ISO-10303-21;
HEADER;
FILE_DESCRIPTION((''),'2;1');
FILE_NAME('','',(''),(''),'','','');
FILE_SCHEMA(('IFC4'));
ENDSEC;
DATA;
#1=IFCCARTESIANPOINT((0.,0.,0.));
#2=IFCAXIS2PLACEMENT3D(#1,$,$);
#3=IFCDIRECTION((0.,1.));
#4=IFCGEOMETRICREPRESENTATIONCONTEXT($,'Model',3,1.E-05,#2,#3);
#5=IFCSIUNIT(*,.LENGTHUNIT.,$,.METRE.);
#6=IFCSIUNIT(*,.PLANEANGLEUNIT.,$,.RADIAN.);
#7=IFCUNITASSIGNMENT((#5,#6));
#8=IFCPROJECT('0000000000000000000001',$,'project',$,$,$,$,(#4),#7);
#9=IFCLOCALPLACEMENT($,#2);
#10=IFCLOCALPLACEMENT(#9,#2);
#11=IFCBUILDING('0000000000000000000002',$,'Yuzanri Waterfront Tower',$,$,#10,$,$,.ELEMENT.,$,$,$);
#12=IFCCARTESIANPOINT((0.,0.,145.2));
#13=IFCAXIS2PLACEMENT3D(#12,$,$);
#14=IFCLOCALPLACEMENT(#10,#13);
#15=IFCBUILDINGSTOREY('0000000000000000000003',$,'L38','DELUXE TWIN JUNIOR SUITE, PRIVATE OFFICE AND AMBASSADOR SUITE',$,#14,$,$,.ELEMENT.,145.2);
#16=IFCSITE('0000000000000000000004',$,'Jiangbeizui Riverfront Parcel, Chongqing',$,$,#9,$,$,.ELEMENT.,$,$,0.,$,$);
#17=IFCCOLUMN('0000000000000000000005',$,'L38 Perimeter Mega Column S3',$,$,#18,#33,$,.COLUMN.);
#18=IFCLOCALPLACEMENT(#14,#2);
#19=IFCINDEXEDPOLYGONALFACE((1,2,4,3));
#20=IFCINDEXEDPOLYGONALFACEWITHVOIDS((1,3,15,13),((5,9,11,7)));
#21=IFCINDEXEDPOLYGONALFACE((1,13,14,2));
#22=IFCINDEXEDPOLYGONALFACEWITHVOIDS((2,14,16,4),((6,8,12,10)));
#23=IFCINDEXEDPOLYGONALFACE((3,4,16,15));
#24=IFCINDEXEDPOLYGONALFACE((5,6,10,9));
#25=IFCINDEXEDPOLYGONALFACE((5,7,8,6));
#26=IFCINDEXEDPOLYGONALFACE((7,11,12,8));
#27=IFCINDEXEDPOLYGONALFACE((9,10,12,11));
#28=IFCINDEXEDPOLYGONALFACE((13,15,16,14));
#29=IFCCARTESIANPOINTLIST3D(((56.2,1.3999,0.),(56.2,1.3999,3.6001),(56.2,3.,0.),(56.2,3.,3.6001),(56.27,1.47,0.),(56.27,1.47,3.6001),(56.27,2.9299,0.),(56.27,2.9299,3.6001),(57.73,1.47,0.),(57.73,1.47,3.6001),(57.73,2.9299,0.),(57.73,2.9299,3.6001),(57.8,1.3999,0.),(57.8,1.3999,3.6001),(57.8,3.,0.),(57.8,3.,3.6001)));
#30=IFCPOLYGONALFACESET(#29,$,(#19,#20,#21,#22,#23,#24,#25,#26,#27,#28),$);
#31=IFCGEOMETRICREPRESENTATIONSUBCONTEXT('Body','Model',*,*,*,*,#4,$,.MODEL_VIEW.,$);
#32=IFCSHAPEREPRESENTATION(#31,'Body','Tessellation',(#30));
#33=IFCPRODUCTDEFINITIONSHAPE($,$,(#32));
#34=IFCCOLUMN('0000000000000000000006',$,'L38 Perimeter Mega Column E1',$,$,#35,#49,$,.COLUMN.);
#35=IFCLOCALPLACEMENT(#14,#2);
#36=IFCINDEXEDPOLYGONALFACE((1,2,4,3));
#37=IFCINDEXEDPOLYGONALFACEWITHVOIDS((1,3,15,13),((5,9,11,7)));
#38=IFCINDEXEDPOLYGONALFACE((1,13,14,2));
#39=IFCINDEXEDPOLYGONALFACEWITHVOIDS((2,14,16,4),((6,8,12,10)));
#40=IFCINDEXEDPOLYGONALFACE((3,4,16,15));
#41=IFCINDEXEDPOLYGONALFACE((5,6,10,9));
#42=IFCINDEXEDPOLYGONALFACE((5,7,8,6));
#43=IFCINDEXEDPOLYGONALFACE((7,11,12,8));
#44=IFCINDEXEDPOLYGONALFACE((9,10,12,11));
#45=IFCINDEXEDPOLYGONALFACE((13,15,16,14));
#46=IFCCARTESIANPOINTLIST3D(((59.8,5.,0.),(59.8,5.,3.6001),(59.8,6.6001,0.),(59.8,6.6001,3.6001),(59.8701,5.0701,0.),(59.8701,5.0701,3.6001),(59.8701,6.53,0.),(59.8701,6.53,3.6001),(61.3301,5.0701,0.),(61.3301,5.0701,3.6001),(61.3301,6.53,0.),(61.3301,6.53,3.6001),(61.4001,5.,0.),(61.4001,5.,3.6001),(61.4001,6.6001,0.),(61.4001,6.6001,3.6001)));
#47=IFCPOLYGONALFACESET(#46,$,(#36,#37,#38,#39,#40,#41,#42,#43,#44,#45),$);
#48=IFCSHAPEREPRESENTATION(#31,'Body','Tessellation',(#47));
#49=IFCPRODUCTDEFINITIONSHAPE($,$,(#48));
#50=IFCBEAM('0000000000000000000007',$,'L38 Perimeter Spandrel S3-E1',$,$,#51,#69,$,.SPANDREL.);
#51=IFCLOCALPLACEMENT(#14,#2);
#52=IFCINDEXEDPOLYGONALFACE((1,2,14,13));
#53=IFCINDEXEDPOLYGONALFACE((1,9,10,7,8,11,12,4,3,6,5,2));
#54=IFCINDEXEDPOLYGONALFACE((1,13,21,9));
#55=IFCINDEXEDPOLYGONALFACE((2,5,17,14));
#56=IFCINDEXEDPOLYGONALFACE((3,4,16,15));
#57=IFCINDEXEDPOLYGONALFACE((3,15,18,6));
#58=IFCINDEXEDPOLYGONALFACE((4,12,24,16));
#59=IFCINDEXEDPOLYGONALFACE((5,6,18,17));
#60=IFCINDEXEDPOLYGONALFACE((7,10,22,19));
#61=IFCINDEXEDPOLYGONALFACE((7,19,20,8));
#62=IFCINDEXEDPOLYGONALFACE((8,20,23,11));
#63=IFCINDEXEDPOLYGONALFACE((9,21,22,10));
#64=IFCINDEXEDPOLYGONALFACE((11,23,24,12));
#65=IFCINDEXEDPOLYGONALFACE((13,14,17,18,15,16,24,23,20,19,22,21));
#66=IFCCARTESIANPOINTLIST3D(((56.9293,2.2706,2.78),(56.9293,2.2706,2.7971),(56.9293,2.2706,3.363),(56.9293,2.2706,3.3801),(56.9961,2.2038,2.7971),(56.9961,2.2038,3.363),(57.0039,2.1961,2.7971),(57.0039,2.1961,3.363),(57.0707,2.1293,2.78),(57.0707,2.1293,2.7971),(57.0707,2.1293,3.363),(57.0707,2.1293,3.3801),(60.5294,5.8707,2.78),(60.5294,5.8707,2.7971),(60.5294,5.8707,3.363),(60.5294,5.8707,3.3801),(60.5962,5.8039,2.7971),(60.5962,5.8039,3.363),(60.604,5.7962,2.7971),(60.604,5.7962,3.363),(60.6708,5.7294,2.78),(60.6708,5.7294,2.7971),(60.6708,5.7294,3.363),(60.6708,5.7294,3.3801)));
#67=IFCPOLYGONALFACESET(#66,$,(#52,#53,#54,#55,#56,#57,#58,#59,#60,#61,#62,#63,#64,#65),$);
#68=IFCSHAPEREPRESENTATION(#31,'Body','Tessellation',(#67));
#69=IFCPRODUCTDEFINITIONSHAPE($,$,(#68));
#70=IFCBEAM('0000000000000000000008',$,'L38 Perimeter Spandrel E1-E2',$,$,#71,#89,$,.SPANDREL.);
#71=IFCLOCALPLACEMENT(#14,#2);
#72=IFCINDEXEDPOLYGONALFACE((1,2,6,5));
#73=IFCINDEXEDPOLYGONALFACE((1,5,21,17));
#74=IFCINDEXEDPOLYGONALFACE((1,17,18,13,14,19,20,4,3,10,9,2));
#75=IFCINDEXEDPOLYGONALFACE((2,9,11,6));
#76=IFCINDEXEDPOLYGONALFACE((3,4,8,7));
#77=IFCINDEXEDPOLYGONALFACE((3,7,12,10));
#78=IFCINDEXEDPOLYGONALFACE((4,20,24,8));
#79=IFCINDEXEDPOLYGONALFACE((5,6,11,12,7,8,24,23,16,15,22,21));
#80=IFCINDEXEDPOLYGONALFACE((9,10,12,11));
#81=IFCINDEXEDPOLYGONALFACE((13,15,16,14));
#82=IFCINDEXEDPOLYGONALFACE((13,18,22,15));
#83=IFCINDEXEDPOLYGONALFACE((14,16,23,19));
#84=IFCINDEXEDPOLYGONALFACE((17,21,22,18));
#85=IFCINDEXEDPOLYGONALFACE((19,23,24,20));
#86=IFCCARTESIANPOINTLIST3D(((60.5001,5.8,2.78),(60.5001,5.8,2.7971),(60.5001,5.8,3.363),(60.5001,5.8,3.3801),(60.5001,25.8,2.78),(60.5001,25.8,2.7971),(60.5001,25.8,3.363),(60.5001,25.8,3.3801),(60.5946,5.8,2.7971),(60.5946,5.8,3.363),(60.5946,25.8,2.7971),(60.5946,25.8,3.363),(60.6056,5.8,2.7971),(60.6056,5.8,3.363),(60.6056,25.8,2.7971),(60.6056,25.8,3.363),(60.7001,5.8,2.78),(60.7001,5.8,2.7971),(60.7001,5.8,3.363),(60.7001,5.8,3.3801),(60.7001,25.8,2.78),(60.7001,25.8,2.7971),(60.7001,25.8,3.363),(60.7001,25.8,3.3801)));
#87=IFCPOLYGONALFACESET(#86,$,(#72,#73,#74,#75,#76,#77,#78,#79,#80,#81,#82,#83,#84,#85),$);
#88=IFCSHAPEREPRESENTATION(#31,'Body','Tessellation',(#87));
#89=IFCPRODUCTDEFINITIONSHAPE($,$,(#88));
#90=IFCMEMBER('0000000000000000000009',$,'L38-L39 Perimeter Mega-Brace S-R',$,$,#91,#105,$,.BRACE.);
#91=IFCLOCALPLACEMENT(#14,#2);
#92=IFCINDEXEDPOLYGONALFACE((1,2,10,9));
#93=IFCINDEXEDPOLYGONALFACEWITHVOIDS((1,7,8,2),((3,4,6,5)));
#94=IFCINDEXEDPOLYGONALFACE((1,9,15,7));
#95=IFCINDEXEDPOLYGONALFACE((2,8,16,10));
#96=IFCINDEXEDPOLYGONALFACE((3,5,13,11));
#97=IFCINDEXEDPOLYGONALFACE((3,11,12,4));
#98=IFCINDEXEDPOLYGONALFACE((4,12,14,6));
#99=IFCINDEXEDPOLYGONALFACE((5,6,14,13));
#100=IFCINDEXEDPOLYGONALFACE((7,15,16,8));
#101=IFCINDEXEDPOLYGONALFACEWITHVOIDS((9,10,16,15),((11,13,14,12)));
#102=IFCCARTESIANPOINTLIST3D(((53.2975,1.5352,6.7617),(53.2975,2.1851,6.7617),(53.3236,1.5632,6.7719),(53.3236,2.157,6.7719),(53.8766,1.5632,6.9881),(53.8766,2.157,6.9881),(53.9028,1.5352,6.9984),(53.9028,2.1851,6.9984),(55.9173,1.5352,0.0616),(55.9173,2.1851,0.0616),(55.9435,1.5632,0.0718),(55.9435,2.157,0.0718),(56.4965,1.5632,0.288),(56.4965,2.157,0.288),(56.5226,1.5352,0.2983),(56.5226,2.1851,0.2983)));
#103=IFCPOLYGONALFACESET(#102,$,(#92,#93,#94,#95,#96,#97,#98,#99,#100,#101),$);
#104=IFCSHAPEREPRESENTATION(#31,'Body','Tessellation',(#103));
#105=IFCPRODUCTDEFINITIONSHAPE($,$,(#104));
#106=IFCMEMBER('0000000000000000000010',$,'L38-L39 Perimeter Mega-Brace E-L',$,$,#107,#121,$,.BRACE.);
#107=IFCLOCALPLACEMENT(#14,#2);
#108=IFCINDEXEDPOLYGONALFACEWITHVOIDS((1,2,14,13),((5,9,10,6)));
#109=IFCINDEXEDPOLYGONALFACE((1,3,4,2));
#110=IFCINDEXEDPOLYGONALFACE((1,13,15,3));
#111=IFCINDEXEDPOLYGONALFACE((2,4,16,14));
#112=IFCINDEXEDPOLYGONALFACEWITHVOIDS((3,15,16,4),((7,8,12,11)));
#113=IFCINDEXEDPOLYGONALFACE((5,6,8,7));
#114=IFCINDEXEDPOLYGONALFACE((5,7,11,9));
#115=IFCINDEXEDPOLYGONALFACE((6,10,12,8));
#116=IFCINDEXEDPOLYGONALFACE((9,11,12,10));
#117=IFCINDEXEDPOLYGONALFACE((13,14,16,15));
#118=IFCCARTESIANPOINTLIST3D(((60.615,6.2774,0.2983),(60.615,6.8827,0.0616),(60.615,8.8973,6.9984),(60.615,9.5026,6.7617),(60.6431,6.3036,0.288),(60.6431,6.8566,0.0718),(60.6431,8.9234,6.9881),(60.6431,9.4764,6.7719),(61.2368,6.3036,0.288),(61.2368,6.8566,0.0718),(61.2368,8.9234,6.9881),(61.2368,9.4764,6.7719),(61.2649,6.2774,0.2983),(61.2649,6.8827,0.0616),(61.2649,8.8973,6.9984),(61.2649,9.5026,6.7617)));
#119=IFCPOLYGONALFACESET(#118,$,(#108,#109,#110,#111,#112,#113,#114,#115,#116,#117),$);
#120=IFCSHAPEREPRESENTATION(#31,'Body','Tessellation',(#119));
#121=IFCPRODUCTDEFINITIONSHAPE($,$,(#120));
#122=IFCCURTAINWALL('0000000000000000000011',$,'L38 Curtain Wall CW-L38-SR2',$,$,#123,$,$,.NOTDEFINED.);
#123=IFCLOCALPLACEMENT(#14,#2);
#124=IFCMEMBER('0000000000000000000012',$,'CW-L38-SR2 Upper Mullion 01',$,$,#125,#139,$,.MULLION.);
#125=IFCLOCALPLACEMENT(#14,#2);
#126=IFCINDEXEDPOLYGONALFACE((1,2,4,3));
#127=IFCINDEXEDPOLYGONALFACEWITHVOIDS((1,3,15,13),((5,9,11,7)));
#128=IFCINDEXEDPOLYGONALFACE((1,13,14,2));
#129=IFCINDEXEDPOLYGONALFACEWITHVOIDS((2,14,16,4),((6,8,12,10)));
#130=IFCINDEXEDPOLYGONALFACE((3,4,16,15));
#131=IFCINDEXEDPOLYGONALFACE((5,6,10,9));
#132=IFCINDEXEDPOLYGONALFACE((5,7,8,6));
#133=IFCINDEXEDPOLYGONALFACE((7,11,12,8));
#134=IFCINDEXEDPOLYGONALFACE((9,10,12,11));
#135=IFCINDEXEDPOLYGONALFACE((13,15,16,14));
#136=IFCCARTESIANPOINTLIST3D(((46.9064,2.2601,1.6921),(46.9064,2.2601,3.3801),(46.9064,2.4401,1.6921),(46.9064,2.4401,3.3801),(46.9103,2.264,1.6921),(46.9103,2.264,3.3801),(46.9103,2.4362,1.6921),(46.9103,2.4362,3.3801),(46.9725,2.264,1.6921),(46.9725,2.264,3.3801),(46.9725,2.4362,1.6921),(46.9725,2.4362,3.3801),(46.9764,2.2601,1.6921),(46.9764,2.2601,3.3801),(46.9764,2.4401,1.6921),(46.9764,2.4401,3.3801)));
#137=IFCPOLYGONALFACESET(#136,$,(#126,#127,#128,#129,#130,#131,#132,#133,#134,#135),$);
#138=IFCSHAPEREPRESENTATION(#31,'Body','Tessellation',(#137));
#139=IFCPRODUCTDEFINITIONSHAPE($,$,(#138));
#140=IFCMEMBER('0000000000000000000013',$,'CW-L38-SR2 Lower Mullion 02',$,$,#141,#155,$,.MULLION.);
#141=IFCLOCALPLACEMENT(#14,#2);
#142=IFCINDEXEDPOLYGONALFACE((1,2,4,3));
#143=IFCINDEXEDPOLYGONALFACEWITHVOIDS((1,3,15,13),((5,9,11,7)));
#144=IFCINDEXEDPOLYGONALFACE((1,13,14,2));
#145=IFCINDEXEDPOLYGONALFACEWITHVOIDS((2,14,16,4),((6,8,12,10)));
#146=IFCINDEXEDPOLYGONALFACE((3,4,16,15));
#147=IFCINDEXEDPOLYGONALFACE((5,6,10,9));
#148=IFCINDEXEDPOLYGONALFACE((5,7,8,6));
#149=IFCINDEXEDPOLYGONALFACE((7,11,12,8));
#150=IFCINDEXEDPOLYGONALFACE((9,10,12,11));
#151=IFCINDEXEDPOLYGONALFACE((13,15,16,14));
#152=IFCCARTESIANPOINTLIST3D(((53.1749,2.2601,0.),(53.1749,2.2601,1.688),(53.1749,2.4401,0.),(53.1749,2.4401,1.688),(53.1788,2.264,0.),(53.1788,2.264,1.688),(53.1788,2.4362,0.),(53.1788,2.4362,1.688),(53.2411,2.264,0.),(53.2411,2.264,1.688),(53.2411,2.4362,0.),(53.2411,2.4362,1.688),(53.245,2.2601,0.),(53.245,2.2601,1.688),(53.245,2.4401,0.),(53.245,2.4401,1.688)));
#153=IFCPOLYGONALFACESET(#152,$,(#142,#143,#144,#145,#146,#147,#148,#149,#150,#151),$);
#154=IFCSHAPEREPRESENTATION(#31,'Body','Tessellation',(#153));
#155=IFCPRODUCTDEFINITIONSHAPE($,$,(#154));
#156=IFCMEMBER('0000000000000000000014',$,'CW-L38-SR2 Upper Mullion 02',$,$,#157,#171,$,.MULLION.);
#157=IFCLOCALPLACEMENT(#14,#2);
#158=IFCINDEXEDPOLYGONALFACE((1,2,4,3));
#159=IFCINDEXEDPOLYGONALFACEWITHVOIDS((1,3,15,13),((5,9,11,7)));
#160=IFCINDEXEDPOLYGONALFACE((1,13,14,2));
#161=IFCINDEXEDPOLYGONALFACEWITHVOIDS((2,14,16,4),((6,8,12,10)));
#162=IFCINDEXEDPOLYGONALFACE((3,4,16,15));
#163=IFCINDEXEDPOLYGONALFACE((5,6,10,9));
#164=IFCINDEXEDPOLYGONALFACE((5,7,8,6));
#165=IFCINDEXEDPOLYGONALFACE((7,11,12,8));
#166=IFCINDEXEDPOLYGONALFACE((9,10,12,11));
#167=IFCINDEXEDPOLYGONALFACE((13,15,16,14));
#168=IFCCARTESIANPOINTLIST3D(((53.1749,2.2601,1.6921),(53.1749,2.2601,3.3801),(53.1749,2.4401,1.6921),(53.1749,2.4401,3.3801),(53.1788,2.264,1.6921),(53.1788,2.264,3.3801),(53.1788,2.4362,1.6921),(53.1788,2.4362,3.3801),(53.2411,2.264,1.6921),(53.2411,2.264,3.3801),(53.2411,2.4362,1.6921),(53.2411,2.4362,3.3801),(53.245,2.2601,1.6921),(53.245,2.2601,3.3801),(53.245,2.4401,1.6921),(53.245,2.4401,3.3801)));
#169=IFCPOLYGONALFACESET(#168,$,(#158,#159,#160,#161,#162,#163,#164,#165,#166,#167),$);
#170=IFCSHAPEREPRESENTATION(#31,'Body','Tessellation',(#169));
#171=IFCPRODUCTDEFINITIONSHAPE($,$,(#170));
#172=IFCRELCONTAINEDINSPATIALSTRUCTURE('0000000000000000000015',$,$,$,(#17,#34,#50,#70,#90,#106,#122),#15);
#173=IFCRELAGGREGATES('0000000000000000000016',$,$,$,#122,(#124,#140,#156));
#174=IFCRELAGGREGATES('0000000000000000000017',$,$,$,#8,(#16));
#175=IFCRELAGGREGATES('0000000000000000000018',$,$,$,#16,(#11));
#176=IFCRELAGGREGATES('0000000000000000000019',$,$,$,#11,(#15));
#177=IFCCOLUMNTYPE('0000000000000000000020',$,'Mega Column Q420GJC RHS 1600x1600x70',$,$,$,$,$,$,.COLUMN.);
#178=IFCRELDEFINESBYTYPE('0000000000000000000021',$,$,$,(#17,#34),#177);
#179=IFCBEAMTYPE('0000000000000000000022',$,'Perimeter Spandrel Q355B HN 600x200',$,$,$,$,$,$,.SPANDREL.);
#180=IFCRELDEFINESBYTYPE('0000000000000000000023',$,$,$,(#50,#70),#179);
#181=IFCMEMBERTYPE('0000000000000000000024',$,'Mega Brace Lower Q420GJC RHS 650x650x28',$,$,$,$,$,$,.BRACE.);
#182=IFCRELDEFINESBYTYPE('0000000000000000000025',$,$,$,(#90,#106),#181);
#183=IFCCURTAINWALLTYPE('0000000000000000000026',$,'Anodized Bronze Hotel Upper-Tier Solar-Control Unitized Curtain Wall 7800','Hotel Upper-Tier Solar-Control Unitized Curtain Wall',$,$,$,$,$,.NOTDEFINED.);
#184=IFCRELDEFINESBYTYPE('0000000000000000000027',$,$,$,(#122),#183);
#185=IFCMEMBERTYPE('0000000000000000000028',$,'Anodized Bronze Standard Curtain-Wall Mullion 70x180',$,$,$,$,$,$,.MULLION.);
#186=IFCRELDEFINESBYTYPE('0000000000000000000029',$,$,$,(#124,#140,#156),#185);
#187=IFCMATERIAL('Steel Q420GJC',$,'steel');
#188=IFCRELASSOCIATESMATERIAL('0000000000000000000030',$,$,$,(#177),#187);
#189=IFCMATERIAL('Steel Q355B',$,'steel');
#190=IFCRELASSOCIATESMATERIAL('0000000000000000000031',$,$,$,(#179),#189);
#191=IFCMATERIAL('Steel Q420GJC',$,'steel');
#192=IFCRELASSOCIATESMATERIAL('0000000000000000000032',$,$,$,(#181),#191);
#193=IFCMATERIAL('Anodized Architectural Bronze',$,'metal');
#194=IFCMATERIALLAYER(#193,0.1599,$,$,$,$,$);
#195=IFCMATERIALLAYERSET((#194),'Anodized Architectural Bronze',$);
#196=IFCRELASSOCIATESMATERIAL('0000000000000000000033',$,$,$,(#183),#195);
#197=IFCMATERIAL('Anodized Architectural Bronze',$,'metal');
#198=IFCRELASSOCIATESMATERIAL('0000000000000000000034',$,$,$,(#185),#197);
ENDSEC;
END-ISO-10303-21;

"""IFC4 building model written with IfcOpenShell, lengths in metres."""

from ifc_helpers import new_model, si_unit, direction, frame, origin, origin_2d, place, context, subcontext, project, spatial, hollow_rectangle, i_section, extrude, source, transform, mapped, material, layer, layer_set, material_profile, profile_set, type_object, element, aggregate, save


model = new_model("IFC4")

# Units and contexts
model_context = context("Model", 3, precision=1e-05, world=origin(), true_north=direction((0.0, 1.0)))
body_context = subcontext(model_context, "Body", "Model", "MODEL_VIEW")
ifc_project = project(units=[si_unit("LENGTHUNIT", "METRE"), si_unit("PLANEANGLEUNIT", "RADIAN")], contexts=[model_context])

# Site, building, storey
site_placement = place(None, origin())
site = spatial("IfcSite", under=ifc_project, at=site_placement, Name="Jiangbeizui Riverfront Parcel, Chongqing", CompositionType="ELEMENT", RefElevation=0.0)
building_placement = place(site_placement, origin())
building = spatial("IfcBuilding", under=site, at=building_placement, Name="Yuzanri Waterfront Tower", CompositionType="ELEMENT")
storey_placement = place(building_placement, frame((0.0, 0.0, 145.2)))
storey = spatial("IfcBuildingStorey", under=building, at=storey_placement, Name="L38", Description="DELUXE TWIN JUNIOR SUITE, PRIVATE OFFICE AND AMBASSADOR SUITE", CompositionType="ELEMENT", Elevation=145.2)

# Columns
ifc_material_1 = material(Name="Steel Q420GJC", Category="steel")
ifc_material_profile_1 = material_profile(ifc_material_1, hollow_rectangle(XDim=1.6001, YDim=1.6001, WallThickness=0.0701, at=origin_2d()), Name="RHS 1600x1600x70")
ifc_profile_set_1 = profile_set([ifc_material_profile_1], Name="Steel Q420GJC")
column_type = type_object("IfcColumnType", Name="Mega Column Q420GJC RHS 1600x1600x70", PredefinedType="COLUMN", material=ifc_profile_set_1)
shared_shape_1 = source(origin(), body_context, "Body", "SweptSolid", [
    extrude(hollow_rectangle(XDim=1.6001, YDim=1.6001, WallThickness=0.0701, at=origin_2d()), origin(), (0.0, 0.0, 1.0), 3.6001),
])
for number, where, z_axis, x_axis, name in (
    (1, (57.0, 2.2, 0.0), (0.0, 0.0, 1.0), (1.0, 0.0, 0.0), "L38 Perimeter Mega Column S3"),
    (2, (60.6001, 5.8, 0.0), (0.0, 0.0, 1.0), (1.0, 0.0, 0.0), "L38 Perimeter Mega Column E1"),
):
    element("IfcColumn", number, at=place(storey_placement, frame(where, z_axis=z_axis, x_axis=x_axis)), inside=storey, type_object=column_type, Name=name, PredefinedType="COLUMN", context=body_context, shape_type="MappedRepresentation", body=[
        mapped(shared_shape_1, transform((0.0, 0.0, 0.0), scale=1.0)),
    ])

# Beams
ifc_material_2 = material(Name="Steel Q355B", Category="steel")
ifc_material_profile_2 = material_profile(ifc_material_2, i_section(OverallWidth=0.2, OverallDepth=0.6001, WebThickness=0.011, FlangeThickness=0.0171, at=origin_2d()), Name="HN 600x200x11x17")
ifc_profile_set_2 = profile_set([ifc_material_profile_2], Name="Steel Q355B")
beam_type = type_object("IfcBeamType", Name="Perimeter Spandrel Q355B HN 600x200", PredefinedType="SPANDREL", material=ifc_profile_set_2)
shared_shape_2 = source(origin(), body_context, "Body", "SweptSolid", [
    extrude(i_section(OverallWidth=0.2, OverallDepth=0.6001, WebThickness=0.011, FlangeThickness=0.0171, at=origin_2d()), origin(), (0.0, 0.0, 1.0), 5.0913),
])
beam_1_placement = place(storey_placement, frame((57.0, 2.2, 3.0801), z_axis=(0.707107, 0.707107, 0.0), x_axis=(-0.707107, 0.707107, 0.0)))
element("IfcBeam", 3, at=beam_1_placement, inside=storey, type_object=beam_type, Name="L38 Perimeter Spandrel S3-E1", PredefinedType="SPANDREL", context=body_context, shape_type="MappedRepresentation", body=[
    mapped(shared_shape_2, transform((0.0, 0.0, 0.0), scale=1.0)),
])
shared_shape_3 = source(origin(), body_context, "Body", "SweptSolid", [
    extrude(i_section(OverallWidth=0.2, OverallDepth=0.6001, WebThickness=0.011, FlangeThickness=0.0171, at=origin_2d()), origin(), (0.0, 0.0, 1.0), 20.0),
])
beam_2_placement = place(storey_placement, frame((60.6001, 5.8, 3.0801), z_axis=(0.0, 1.0, 0.0), x_axis=(-1.0, 0.0, 0.0)))
element("IfcBeam", 4, at=beam_2_placement, inside=storey, type_object=beam_type, Name="L38 Perimeter Spandrel E1-E2", PredefinedType="SPANDREL", context=body_context, shape_type="MappedRepresentation", body=[
    mapped(shared_shape_3, transform((0.0, 0.0, 0.0), scale=1.0)),
])

# Members
ifc_material_3 = material(Name="Steel Q420GJC", Category="steel")
ifc_material_profile_3 = material_profile(ifc_material_3, hollow_rectangle(XDim=0.6499, YDim=0.6499, WallThickness=0.0281, at=origin_2d()), Name="RHS 650x650x28")
ifc_profile_set_3 = profile_set([ifc_material_profile_3], Name="Steel Q420GJC")
member_type_1 = type_object("IfcMemberType", Name="Mega Brace Lower Q420GJC RHS 650x650x28", PredefinedType="BRACE", material=ifc_profile_set_3)
shared_shape_4 = source(origin(), body_context, "Body", "SweptSolid", [
    extrude(hollow_rectangle(XDim=0.6499, YDim=0.6499, WallThickness=0.0281, at=origin_2d()), origin(), (0.0, 0.0, 1.0), 7.1941),
])
for number, where, z_axis, x_axis, name in (
    (5, (56.22, 1.8601, 0.1799), (-0.364165, 0.0, 0.931334), (0.0, -1.0, 0.0), "L38-L39 Perimeter Mega-Brace S-R"),
    (6, (60.9399, 6.5801, 0.1799), (0.0, 0.364165, 0.931334), (-1.0, 0.0, 0.0), "L38-L39 Perimeter Mega-Brace E-L"),
):
    element("IfcMember", number, at=place(storey_placement, frame(where, z_axis=z_axis, x_axis=x_axis)), inside=storey, type_object=member_type_1, Name=name, PredefinedType="BRACE", context=body_context, shape_type="MappedRepresentation", body=[
        mapped(shared_shape_4, transform((0.0, 0.0, 0.0), scale=1.0)),
    ])

# Curtain wall, members
ifc_material_4 = material(Name="Anodized Architectural Bronze", Category="metal")
ifc_layer_1 = layer(ifc_material_4, 0.1599)
ifc_layer_set_1 = layer_set([ifc_layer_1], Name="Anodized Architectural Bronze")
curtain_wall_type = type_object("IfcCurtainWallType", Name="Anodized Bronze Hotel Upper-Tier Solar-Control Unitized Curtain Wall 7800", Description="Hotel Upper-Tier Solar-Control Unitized Curtain Wall", PredefinedType="NOTDEFINED", material=ifc_layer_set_1)
curtain_wall_1_placement = place(storey_placement, origin())
curtain_wall_1 = element("IfcCurtainWall", 7, at=curtain_wall_1_placement, inside=storey, type_object=curtain_wall_type, Name="L38 Curtain Wall CW-L38-SR2", PredefinedType="NOTDEFINED")
ifc_material_5 = material(Name="Anodized Architectural Bronze", Category="metal")
ifc_material_profile_4 = material_profile(ifc_material_5, hollow_rectangle(XDim=0.0701, YDim=0.1799, WallThickness=0.0039, at=origin_2d()), Name="CWM 70x180")
ifc_profile_set_4 = profile_set([ifc_material_profile_4], Name="Anodized Architectural Bronze")
member_type_2 = type_object("IfcMemberType", Name="Anodized Bronze Standard Curtain-Wall Mullion 70x180", PredefinedType="MULLION", material=ifc_profile_set_4)
shared_shape_5 = source(origin(), body_context, "Body", "SweptSolid", [
    extrude(hollow_rectangle(XDim=0.0701, YDim=0.1799, WallThickness=0.0039, at=origin_2d()), origin(), (0.0, 0.0, 1.0), 1.688),
])
member_1_placement = place(storey_placement, frame((46.9414, 2.3501, 1.6921), z_axis=(0.0, 0.0, 1.0), x_axis=(1.0, 0.0, 0.0)))
member_1 = element("IfcMember", 8, at=member_1_placement, type_object=member_type_2, Name="CW-L38-SR2 Upper Mullion 01", PredefinedType="MULLION", context=body_context, shape_type="MappedRepresentation", body=[
    mapped(shared_shape_5, transform((0.0, 0.0, 0.0), scale=1.0)),
])
member_2_placement = place(storey_placement, frame((53.21, 2.3501, 0.0), z_axis=(0.0, 0.0, 1.0), x_axis=(1.0, 0.0, 0.0)))
member_2 = element("IfcMember", 9, at=member_2_placement, type_object=member_type_2, Name="CW-L38-SR2 Lower Mullion 02", PredefinedType="MULLION", context=body_context, shape_type="MappedRepresentation", body=[
    mapped(shared_shape_5, transform((0.0, 0.0, 0.0), scale=1.0)),
])
member_3_placement = place(storey_placement, frame((53.21, 2.3501, 1.6921), z_axis=(0.0, 0.0, 1.0), x_axis=(1.0, 0.0, 0.0)))
member_3 = element("IfcMember", 10, at=member_3_placement, type_object=member_type_2, Name="CW-L38-SR2 Upper Mullion 02", PredefinedType="MULLION", context=body_context, shape_type="MappedRepresentation", body=[
    mapped(shared_shape_5, transform((0.0, 0.0, 0.0), scale=1.0)),
])

aggregate(curtain_wall_1, [member_1, member_2, member_3])

save(model, "model.ifc")
